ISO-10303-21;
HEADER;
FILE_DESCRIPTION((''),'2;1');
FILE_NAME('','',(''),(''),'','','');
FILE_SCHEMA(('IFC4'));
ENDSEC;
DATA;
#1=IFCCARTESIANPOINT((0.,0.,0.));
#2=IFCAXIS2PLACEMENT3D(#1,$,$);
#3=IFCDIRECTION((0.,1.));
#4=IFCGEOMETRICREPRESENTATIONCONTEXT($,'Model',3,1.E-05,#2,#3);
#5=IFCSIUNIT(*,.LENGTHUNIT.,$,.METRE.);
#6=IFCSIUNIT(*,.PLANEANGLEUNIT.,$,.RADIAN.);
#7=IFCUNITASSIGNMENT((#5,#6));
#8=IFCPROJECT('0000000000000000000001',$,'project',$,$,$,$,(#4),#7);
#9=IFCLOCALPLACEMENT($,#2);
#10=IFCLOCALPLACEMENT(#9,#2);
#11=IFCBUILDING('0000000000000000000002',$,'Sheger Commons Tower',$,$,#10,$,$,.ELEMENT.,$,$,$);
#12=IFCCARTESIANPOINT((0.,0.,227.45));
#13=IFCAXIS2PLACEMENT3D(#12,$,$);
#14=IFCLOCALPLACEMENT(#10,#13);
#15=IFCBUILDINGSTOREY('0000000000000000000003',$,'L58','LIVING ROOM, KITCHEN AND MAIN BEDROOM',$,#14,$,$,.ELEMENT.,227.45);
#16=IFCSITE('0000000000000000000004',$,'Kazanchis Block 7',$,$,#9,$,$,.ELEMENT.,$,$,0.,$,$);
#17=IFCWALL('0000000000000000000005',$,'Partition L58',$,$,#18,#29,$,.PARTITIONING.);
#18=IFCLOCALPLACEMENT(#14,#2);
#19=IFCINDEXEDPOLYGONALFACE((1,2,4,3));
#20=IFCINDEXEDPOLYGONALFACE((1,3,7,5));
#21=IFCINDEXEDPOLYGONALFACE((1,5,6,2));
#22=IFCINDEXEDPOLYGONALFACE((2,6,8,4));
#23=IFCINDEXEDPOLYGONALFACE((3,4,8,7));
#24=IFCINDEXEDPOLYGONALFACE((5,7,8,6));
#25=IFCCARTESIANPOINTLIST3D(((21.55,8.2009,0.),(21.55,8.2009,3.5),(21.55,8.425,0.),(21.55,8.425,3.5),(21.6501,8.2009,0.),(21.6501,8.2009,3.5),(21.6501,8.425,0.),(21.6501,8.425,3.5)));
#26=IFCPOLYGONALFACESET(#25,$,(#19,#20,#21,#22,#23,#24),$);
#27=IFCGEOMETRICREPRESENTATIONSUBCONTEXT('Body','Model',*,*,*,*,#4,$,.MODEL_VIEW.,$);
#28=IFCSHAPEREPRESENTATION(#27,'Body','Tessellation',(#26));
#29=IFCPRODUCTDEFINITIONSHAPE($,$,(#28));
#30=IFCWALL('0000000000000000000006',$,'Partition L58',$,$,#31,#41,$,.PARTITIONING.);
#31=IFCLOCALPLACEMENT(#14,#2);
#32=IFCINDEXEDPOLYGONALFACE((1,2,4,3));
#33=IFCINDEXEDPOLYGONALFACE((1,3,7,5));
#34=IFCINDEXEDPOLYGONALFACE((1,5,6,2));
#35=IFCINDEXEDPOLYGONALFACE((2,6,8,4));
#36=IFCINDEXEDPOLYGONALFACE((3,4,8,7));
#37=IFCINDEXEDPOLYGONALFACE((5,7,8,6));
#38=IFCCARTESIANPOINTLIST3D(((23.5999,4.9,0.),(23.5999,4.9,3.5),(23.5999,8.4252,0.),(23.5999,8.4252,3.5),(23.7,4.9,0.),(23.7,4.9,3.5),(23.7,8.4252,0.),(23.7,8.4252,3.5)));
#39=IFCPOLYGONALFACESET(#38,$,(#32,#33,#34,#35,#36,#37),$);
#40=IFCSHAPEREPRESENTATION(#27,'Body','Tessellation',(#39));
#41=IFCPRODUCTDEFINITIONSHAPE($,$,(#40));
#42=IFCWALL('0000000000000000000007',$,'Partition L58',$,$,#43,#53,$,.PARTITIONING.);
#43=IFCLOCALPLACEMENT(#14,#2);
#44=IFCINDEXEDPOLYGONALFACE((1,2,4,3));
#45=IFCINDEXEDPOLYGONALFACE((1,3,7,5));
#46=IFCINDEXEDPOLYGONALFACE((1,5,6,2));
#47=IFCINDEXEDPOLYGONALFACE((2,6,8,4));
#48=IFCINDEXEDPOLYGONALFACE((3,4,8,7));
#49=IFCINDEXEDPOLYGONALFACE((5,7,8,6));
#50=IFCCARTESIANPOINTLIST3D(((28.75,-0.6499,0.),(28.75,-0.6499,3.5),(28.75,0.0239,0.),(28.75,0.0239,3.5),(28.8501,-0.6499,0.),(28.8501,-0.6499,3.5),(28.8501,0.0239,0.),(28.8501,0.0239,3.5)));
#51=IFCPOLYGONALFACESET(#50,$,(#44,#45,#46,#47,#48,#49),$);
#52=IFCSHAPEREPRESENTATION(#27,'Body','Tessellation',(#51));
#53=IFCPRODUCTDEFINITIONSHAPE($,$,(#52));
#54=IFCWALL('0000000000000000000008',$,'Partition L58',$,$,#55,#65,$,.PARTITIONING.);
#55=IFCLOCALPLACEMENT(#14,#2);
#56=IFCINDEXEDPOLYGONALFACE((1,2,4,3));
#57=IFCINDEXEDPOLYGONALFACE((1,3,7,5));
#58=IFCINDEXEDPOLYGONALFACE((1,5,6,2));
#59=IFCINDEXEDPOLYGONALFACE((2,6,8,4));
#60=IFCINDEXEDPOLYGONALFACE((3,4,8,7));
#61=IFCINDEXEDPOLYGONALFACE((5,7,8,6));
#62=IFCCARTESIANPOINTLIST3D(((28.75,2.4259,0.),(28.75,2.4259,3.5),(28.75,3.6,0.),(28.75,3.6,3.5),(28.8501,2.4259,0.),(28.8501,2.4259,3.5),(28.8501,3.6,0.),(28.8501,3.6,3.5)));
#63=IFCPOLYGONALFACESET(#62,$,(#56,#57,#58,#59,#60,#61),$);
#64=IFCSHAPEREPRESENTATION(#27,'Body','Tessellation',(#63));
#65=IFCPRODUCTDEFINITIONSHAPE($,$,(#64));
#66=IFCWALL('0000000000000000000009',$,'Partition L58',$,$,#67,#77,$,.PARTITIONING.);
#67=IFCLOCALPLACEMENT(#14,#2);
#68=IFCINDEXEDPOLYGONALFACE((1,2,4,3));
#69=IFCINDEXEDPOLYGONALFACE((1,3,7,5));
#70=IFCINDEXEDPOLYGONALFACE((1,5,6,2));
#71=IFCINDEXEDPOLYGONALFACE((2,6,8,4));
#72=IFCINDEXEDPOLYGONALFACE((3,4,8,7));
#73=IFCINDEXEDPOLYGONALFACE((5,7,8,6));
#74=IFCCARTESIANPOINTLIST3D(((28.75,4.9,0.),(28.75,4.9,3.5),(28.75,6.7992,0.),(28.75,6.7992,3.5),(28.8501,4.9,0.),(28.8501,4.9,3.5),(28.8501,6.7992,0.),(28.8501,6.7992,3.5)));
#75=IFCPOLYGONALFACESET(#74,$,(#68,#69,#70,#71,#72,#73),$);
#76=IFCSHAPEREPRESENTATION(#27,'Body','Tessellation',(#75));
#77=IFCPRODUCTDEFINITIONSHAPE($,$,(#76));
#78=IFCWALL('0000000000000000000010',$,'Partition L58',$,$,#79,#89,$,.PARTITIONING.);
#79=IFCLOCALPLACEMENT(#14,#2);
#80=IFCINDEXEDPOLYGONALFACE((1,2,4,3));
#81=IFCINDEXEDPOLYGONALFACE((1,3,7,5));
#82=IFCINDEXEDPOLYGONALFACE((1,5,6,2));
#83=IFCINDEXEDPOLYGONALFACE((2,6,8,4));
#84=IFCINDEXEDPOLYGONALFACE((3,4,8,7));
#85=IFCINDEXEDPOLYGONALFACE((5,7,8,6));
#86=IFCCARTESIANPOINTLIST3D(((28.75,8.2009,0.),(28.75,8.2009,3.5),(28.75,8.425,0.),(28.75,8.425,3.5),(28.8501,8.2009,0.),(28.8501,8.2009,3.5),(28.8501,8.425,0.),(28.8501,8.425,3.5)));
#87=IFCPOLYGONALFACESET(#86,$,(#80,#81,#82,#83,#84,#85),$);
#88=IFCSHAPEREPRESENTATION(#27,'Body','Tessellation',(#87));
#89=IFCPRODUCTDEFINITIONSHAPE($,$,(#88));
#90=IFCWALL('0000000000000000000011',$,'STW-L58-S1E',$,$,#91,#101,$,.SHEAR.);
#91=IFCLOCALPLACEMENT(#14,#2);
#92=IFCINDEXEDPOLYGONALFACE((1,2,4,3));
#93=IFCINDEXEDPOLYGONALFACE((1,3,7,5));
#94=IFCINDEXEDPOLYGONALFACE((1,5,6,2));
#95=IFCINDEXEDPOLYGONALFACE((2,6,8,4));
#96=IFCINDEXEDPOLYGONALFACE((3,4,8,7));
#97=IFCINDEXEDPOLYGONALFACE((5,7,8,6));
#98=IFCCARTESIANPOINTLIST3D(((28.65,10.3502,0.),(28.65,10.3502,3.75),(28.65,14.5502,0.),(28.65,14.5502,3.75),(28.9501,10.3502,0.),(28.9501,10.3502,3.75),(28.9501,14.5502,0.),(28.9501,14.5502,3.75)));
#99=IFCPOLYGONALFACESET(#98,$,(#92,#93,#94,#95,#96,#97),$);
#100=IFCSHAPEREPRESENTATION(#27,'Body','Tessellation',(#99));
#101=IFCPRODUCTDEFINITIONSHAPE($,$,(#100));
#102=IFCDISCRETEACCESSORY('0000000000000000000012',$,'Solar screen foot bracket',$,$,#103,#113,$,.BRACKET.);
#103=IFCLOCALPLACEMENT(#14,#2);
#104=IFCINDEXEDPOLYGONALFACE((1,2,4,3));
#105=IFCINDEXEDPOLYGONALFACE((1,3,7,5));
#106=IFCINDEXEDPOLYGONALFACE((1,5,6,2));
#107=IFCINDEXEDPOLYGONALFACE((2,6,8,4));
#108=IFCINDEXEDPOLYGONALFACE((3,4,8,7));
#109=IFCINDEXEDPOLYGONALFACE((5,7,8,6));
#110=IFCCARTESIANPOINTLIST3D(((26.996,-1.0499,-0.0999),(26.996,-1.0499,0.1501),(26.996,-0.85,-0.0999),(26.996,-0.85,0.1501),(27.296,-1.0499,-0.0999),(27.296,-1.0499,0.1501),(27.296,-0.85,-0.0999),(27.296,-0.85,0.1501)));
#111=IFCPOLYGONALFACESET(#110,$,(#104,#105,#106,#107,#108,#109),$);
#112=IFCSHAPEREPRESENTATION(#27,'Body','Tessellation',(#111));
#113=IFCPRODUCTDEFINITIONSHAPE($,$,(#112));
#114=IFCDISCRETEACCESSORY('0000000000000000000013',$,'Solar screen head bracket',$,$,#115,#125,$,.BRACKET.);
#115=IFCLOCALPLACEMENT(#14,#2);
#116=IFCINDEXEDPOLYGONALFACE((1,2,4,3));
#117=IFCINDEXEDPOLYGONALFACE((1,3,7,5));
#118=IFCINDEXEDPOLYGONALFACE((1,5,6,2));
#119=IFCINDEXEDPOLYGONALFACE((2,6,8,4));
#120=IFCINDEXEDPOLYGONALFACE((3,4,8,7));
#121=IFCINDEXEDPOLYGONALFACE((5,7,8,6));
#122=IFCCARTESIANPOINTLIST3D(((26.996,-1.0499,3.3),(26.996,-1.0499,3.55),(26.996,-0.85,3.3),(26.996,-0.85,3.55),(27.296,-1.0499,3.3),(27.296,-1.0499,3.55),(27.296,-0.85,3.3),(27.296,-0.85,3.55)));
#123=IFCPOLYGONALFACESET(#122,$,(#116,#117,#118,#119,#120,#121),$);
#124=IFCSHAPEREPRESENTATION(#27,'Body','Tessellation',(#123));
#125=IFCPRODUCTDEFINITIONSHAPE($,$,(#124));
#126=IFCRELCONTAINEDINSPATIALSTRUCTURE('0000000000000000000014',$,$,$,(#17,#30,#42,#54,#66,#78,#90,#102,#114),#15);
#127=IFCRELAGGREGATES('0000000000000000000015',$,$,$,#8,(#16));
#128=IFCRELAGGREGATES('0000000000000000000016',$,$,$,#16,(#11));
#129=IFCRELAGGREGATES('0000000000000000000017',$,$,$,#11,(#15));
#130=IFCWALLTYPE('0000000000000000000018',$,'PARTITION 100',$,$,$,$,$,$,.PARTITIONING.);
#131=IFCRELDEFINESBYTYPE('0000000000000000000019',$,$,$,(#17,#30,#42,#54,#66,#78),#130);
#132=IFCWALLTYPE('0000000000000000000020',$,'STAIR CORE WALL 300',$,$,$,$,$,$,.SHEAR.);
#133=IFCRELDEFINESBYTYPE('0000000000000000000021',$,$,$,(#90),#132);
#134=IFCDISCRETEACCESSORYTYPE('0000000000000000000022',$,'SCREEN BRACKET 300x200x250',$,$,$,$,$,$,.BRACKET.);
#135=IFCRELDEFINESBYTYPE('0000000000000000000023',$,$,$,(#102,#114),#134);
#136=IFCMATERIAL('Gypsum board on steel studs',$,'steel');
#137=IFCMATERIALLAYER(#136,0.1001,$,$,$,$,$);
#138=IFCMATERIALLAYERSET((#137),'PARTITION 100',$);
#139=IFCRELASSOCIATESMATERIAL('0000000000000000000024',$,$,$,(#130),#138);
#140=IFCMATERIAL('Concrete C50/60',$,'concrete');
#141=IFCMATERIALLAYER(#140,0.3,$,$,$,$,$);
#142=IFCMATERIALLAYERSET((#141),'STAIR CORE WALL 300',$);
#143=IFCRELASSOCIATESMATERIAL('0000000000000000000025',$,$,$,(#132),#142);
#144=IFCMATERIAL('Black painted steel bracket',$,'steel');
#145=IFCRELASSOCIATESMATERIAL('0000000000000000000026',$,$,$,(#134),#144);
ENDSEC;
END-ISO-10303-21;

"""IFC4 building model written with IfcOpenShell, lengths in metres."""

from ifc_helpers import new_model, si_unit, direction, frame, frame_2d, origin, origin_2d, place, context, subcontext, project, spatial, rectangle, extrude, material, layer, layer_set, type_object, element, save


model = new_model("IFC4")

# Units and contexts
model_context = context("Model", 3, precision=1e-05, world=origin(), true_north=direction((0.0, 1.0)))
body_context = subcontext(model_context, "Body", "Model", "MODEL_VIEW")
ifc_project = project(units=[si_unit("LENGTHUNIT", "METRE"), si_unit("PLANEANGLEUNIT", "RADIAN")], contexts=[model_context])

# Site, building, storey
site_placement = place(None, origin())
site = spatial("IfcSite", under=ifc_project, at=site_placement, Name="Kazanchis Block 7", CompositionType="ELEMENT", RefElevation=0.0)
building_placement = place(site_placement, origin())
building = spatial("IfcBuilding", under=site, at=building_placement, Name="Sheger Commons Tower", CompositionType="ELEMENT")
storey_placement = place(building_placement, frame((0.0, 0.0, 227.45)))
storey = spatial("IfcBuildingStorey", under=building, at=storey_placement, Name="L58", Description="LIVING ROOM, KITCHEN AND MAIN BEDROOM", CompositionType="ELEMENT", Elevation=227.45)

# Shared definitions
ifc_material_1 = material(Name="Gypsum board on steel studs", Category="steel")
ifc_layer_1 = layer(ifc_material_1, 0.1001)
ifc_layer_set_1 = layer_set([ifc_layer_1], Name="PARTITION 100")
wall_type_1 = type_object("IfcWallType", Name="PARTITION 100", PredefinedType="PARTITIONING", material=ifc_layer_set_1)

# Walls
wall_1_placement = place(storey_placement, frame((21.6001, 8.2009, 0.0), z_axis=(0.0, 0.0, 1.0), x_axis=(0.0, 1.0, 0.0)))
element("IfcWall", 1, at=wall_1_placement, inside=storey, type_object=wall_type_1, Name="Partition L58", PredefinedType="PARTITIONING", context=body_context, shape_type="SweptSolid", body=[
    extrude(rectangle(XDim=0.2241, YDim=0.1001, at=frame_2d((0.1121, 0.0))), origin(), (0.0, 0.0, 1.0), 3.5),
])
wall_2_placement = place(storey_placement, frame((23.6499, 4.8999, 0.0), z_axis=(0.0, 0.0, 1.0), x_axis=(0.0, 1.0, 0.0)))
element("IfcWall", 2, at=wall_2_placement, inside=storey, type_object=wall_type_1, Name="Partition L58", PredefinedType="PARTITIONING", context=body_context, shape_type="SweptSolid", body=[
    extrude(rectangle(XDim=3.5251, YDim=0.1001, at=frame_2d((1.7627, 0.0))), origin(), (0.0, 0.0, 1.0), 3.5),
])
wall_3_placement = place(storey_placement, frame((28.8, -0.6499, 0.0), z_axis=(0.0, 0.0, 1.0), x_axis=(0.0, 1.0, 0.0)))
element("IfcWall", 3, at=wall_3_placement, inside=storey, type_object=wall_type_1, Name="Partition L58", PredefinedType="PARTITIONING", context=body_context, shape_type="SweptSolid", body=[
    extrude(rectangle(XDim=0.6738, YDim=0.1001, at=frame_2d((0.3369, 0.0))), origin(), (0.0, 0.0, 1.0), 3.5),
])
wall_4_placement = place(storey_placement, frame((28.8, 2.426, 0.0), z_axis=(0.0, 0.0, 1.0), x_axis=(0.0, 1.0, 0.0)))
element("IfcWall", 4, at=wall_4_placement, inside=storey, type_object=wall_type_1, Name="Partition L58", PredefinedType="PARTITIONING", context=body_context, shape_type="SweptSolid", body=[
    extrude(rectangle(XDim=1.1741, YDim=0.1001, at=frame_2d((0.5869, 0.0))), origin(), (0.0, 0.0, 1.0), 3.5),
])
wall_5_placement = place(storey_placement, frame((28.8, 4.8999, 0.0), z_axis=(0.0, 0.0, 1.0), x_axis=(0.0, 1.0, 0.0)))
element("IfcWall", 5, at=wall_5_placement, inside=storey, type_object=wall_type_1, Name="Partition L58", PredefinedType="PARTITIONING", context=body_context, shape_type="SweptSolid", body=[
    extrude(rectangle(XDim=1.8992, YDim=0.1001, at=frame_2d((0.9497, 0.0))), origin(), (0.0, 0.0, 1.0), 3.5),
])
wall_6_placement = place(storey_placement, frame((28.8, 8.2009, 0.0), z_axis=(0.0, 0.0, 1.0), x_axis=(0.0, 1.0, 0.0)))
element("IfcWall", 6, at=wall_6_placement, inside=storey, type_object=wall_type_1, Name="Partition L58", PredefinedType="PARTITIONING", context=body_context, shape_type="SweptSolid", body=[
    extrude(rectangle(XDim=0.2241, YDim=0.1001, at=frame_2d((0.1121, 0.0))), origin(), (0.0, 0.0, 1.0), 3.5),
])
ifc_material_2 = material(Name="Concrete C50/60", Category="concrete")
ifc_layer_2 = layer(ifc_material_2, 0.3)
ifc_layer_set_2 = layer_set([ifc_layer_2], Name="STAIR CORE WALL 300")
wall_type_2 = type_object("IfcWallType", Name="STAIR CORE WALL 300", PredefinedType="SHEAR", material=ifc_layer_set_2)
wall_7_placement = place(storey_placement, frame((28.8, 10.3501, 0.0), z_axis=(0.0, 0.0, 1.0), x_axis=(0.0, 1.0, 0.0)))
element("IfcWall", 7, at=wall_7_placement, inside=storey, type_object=wall_type_2, Name="STW-L58-S1E", PredefinedType="SHEAR", context=body_context, shape_type="SweptSolid", body=[
    extrude(rectangle(XDim=4.2, YDim=0.3, at=frame_2d((2.1001, 0.0))), origin(), (0.0, 0.0, 1.0), 3.75),
])

# Discrete accessories
ifc_material_3 = material(Name="Black painted steel bracket", Category="steel")
discrete_accessory_type = type_object("IfcDiscreteAccessoryType", Name="SCREEN BRACKET 300x200x250", PredefinedType="BRACKET", material=ifc_material_3)
for number, where, z_axis, x_axis, name in (
    (8, (27.146, -0.95, -0.0999), (0.0, 0.0, 1.0), (1.0, 0.0, 0.0), "Solar screen foot bracket"),
    (9, (27.146, -0.95, 3.3), (0.0, 0.0, 1.0), (1.0, 0.0, 0.0), "Solar screen head bracket"),
):
    element("IfcDiscreteAccessory", number, at=place(storey_placement, frame(where, z_axis=z_axis, x_axis=x_axis)), inside=storey, type_object=discrete_accessory_type, Name=name, PredefinedType="BRACKET", context=body_context, shape_type="SweptSolid", body=[
        extrude(rectangle(XDim=0.3, YDim=0.2, at=origin_2d()), origin(), (0.0, 0.0, 1.0), 0.25),
    ])

save(model, "model.ifc")
